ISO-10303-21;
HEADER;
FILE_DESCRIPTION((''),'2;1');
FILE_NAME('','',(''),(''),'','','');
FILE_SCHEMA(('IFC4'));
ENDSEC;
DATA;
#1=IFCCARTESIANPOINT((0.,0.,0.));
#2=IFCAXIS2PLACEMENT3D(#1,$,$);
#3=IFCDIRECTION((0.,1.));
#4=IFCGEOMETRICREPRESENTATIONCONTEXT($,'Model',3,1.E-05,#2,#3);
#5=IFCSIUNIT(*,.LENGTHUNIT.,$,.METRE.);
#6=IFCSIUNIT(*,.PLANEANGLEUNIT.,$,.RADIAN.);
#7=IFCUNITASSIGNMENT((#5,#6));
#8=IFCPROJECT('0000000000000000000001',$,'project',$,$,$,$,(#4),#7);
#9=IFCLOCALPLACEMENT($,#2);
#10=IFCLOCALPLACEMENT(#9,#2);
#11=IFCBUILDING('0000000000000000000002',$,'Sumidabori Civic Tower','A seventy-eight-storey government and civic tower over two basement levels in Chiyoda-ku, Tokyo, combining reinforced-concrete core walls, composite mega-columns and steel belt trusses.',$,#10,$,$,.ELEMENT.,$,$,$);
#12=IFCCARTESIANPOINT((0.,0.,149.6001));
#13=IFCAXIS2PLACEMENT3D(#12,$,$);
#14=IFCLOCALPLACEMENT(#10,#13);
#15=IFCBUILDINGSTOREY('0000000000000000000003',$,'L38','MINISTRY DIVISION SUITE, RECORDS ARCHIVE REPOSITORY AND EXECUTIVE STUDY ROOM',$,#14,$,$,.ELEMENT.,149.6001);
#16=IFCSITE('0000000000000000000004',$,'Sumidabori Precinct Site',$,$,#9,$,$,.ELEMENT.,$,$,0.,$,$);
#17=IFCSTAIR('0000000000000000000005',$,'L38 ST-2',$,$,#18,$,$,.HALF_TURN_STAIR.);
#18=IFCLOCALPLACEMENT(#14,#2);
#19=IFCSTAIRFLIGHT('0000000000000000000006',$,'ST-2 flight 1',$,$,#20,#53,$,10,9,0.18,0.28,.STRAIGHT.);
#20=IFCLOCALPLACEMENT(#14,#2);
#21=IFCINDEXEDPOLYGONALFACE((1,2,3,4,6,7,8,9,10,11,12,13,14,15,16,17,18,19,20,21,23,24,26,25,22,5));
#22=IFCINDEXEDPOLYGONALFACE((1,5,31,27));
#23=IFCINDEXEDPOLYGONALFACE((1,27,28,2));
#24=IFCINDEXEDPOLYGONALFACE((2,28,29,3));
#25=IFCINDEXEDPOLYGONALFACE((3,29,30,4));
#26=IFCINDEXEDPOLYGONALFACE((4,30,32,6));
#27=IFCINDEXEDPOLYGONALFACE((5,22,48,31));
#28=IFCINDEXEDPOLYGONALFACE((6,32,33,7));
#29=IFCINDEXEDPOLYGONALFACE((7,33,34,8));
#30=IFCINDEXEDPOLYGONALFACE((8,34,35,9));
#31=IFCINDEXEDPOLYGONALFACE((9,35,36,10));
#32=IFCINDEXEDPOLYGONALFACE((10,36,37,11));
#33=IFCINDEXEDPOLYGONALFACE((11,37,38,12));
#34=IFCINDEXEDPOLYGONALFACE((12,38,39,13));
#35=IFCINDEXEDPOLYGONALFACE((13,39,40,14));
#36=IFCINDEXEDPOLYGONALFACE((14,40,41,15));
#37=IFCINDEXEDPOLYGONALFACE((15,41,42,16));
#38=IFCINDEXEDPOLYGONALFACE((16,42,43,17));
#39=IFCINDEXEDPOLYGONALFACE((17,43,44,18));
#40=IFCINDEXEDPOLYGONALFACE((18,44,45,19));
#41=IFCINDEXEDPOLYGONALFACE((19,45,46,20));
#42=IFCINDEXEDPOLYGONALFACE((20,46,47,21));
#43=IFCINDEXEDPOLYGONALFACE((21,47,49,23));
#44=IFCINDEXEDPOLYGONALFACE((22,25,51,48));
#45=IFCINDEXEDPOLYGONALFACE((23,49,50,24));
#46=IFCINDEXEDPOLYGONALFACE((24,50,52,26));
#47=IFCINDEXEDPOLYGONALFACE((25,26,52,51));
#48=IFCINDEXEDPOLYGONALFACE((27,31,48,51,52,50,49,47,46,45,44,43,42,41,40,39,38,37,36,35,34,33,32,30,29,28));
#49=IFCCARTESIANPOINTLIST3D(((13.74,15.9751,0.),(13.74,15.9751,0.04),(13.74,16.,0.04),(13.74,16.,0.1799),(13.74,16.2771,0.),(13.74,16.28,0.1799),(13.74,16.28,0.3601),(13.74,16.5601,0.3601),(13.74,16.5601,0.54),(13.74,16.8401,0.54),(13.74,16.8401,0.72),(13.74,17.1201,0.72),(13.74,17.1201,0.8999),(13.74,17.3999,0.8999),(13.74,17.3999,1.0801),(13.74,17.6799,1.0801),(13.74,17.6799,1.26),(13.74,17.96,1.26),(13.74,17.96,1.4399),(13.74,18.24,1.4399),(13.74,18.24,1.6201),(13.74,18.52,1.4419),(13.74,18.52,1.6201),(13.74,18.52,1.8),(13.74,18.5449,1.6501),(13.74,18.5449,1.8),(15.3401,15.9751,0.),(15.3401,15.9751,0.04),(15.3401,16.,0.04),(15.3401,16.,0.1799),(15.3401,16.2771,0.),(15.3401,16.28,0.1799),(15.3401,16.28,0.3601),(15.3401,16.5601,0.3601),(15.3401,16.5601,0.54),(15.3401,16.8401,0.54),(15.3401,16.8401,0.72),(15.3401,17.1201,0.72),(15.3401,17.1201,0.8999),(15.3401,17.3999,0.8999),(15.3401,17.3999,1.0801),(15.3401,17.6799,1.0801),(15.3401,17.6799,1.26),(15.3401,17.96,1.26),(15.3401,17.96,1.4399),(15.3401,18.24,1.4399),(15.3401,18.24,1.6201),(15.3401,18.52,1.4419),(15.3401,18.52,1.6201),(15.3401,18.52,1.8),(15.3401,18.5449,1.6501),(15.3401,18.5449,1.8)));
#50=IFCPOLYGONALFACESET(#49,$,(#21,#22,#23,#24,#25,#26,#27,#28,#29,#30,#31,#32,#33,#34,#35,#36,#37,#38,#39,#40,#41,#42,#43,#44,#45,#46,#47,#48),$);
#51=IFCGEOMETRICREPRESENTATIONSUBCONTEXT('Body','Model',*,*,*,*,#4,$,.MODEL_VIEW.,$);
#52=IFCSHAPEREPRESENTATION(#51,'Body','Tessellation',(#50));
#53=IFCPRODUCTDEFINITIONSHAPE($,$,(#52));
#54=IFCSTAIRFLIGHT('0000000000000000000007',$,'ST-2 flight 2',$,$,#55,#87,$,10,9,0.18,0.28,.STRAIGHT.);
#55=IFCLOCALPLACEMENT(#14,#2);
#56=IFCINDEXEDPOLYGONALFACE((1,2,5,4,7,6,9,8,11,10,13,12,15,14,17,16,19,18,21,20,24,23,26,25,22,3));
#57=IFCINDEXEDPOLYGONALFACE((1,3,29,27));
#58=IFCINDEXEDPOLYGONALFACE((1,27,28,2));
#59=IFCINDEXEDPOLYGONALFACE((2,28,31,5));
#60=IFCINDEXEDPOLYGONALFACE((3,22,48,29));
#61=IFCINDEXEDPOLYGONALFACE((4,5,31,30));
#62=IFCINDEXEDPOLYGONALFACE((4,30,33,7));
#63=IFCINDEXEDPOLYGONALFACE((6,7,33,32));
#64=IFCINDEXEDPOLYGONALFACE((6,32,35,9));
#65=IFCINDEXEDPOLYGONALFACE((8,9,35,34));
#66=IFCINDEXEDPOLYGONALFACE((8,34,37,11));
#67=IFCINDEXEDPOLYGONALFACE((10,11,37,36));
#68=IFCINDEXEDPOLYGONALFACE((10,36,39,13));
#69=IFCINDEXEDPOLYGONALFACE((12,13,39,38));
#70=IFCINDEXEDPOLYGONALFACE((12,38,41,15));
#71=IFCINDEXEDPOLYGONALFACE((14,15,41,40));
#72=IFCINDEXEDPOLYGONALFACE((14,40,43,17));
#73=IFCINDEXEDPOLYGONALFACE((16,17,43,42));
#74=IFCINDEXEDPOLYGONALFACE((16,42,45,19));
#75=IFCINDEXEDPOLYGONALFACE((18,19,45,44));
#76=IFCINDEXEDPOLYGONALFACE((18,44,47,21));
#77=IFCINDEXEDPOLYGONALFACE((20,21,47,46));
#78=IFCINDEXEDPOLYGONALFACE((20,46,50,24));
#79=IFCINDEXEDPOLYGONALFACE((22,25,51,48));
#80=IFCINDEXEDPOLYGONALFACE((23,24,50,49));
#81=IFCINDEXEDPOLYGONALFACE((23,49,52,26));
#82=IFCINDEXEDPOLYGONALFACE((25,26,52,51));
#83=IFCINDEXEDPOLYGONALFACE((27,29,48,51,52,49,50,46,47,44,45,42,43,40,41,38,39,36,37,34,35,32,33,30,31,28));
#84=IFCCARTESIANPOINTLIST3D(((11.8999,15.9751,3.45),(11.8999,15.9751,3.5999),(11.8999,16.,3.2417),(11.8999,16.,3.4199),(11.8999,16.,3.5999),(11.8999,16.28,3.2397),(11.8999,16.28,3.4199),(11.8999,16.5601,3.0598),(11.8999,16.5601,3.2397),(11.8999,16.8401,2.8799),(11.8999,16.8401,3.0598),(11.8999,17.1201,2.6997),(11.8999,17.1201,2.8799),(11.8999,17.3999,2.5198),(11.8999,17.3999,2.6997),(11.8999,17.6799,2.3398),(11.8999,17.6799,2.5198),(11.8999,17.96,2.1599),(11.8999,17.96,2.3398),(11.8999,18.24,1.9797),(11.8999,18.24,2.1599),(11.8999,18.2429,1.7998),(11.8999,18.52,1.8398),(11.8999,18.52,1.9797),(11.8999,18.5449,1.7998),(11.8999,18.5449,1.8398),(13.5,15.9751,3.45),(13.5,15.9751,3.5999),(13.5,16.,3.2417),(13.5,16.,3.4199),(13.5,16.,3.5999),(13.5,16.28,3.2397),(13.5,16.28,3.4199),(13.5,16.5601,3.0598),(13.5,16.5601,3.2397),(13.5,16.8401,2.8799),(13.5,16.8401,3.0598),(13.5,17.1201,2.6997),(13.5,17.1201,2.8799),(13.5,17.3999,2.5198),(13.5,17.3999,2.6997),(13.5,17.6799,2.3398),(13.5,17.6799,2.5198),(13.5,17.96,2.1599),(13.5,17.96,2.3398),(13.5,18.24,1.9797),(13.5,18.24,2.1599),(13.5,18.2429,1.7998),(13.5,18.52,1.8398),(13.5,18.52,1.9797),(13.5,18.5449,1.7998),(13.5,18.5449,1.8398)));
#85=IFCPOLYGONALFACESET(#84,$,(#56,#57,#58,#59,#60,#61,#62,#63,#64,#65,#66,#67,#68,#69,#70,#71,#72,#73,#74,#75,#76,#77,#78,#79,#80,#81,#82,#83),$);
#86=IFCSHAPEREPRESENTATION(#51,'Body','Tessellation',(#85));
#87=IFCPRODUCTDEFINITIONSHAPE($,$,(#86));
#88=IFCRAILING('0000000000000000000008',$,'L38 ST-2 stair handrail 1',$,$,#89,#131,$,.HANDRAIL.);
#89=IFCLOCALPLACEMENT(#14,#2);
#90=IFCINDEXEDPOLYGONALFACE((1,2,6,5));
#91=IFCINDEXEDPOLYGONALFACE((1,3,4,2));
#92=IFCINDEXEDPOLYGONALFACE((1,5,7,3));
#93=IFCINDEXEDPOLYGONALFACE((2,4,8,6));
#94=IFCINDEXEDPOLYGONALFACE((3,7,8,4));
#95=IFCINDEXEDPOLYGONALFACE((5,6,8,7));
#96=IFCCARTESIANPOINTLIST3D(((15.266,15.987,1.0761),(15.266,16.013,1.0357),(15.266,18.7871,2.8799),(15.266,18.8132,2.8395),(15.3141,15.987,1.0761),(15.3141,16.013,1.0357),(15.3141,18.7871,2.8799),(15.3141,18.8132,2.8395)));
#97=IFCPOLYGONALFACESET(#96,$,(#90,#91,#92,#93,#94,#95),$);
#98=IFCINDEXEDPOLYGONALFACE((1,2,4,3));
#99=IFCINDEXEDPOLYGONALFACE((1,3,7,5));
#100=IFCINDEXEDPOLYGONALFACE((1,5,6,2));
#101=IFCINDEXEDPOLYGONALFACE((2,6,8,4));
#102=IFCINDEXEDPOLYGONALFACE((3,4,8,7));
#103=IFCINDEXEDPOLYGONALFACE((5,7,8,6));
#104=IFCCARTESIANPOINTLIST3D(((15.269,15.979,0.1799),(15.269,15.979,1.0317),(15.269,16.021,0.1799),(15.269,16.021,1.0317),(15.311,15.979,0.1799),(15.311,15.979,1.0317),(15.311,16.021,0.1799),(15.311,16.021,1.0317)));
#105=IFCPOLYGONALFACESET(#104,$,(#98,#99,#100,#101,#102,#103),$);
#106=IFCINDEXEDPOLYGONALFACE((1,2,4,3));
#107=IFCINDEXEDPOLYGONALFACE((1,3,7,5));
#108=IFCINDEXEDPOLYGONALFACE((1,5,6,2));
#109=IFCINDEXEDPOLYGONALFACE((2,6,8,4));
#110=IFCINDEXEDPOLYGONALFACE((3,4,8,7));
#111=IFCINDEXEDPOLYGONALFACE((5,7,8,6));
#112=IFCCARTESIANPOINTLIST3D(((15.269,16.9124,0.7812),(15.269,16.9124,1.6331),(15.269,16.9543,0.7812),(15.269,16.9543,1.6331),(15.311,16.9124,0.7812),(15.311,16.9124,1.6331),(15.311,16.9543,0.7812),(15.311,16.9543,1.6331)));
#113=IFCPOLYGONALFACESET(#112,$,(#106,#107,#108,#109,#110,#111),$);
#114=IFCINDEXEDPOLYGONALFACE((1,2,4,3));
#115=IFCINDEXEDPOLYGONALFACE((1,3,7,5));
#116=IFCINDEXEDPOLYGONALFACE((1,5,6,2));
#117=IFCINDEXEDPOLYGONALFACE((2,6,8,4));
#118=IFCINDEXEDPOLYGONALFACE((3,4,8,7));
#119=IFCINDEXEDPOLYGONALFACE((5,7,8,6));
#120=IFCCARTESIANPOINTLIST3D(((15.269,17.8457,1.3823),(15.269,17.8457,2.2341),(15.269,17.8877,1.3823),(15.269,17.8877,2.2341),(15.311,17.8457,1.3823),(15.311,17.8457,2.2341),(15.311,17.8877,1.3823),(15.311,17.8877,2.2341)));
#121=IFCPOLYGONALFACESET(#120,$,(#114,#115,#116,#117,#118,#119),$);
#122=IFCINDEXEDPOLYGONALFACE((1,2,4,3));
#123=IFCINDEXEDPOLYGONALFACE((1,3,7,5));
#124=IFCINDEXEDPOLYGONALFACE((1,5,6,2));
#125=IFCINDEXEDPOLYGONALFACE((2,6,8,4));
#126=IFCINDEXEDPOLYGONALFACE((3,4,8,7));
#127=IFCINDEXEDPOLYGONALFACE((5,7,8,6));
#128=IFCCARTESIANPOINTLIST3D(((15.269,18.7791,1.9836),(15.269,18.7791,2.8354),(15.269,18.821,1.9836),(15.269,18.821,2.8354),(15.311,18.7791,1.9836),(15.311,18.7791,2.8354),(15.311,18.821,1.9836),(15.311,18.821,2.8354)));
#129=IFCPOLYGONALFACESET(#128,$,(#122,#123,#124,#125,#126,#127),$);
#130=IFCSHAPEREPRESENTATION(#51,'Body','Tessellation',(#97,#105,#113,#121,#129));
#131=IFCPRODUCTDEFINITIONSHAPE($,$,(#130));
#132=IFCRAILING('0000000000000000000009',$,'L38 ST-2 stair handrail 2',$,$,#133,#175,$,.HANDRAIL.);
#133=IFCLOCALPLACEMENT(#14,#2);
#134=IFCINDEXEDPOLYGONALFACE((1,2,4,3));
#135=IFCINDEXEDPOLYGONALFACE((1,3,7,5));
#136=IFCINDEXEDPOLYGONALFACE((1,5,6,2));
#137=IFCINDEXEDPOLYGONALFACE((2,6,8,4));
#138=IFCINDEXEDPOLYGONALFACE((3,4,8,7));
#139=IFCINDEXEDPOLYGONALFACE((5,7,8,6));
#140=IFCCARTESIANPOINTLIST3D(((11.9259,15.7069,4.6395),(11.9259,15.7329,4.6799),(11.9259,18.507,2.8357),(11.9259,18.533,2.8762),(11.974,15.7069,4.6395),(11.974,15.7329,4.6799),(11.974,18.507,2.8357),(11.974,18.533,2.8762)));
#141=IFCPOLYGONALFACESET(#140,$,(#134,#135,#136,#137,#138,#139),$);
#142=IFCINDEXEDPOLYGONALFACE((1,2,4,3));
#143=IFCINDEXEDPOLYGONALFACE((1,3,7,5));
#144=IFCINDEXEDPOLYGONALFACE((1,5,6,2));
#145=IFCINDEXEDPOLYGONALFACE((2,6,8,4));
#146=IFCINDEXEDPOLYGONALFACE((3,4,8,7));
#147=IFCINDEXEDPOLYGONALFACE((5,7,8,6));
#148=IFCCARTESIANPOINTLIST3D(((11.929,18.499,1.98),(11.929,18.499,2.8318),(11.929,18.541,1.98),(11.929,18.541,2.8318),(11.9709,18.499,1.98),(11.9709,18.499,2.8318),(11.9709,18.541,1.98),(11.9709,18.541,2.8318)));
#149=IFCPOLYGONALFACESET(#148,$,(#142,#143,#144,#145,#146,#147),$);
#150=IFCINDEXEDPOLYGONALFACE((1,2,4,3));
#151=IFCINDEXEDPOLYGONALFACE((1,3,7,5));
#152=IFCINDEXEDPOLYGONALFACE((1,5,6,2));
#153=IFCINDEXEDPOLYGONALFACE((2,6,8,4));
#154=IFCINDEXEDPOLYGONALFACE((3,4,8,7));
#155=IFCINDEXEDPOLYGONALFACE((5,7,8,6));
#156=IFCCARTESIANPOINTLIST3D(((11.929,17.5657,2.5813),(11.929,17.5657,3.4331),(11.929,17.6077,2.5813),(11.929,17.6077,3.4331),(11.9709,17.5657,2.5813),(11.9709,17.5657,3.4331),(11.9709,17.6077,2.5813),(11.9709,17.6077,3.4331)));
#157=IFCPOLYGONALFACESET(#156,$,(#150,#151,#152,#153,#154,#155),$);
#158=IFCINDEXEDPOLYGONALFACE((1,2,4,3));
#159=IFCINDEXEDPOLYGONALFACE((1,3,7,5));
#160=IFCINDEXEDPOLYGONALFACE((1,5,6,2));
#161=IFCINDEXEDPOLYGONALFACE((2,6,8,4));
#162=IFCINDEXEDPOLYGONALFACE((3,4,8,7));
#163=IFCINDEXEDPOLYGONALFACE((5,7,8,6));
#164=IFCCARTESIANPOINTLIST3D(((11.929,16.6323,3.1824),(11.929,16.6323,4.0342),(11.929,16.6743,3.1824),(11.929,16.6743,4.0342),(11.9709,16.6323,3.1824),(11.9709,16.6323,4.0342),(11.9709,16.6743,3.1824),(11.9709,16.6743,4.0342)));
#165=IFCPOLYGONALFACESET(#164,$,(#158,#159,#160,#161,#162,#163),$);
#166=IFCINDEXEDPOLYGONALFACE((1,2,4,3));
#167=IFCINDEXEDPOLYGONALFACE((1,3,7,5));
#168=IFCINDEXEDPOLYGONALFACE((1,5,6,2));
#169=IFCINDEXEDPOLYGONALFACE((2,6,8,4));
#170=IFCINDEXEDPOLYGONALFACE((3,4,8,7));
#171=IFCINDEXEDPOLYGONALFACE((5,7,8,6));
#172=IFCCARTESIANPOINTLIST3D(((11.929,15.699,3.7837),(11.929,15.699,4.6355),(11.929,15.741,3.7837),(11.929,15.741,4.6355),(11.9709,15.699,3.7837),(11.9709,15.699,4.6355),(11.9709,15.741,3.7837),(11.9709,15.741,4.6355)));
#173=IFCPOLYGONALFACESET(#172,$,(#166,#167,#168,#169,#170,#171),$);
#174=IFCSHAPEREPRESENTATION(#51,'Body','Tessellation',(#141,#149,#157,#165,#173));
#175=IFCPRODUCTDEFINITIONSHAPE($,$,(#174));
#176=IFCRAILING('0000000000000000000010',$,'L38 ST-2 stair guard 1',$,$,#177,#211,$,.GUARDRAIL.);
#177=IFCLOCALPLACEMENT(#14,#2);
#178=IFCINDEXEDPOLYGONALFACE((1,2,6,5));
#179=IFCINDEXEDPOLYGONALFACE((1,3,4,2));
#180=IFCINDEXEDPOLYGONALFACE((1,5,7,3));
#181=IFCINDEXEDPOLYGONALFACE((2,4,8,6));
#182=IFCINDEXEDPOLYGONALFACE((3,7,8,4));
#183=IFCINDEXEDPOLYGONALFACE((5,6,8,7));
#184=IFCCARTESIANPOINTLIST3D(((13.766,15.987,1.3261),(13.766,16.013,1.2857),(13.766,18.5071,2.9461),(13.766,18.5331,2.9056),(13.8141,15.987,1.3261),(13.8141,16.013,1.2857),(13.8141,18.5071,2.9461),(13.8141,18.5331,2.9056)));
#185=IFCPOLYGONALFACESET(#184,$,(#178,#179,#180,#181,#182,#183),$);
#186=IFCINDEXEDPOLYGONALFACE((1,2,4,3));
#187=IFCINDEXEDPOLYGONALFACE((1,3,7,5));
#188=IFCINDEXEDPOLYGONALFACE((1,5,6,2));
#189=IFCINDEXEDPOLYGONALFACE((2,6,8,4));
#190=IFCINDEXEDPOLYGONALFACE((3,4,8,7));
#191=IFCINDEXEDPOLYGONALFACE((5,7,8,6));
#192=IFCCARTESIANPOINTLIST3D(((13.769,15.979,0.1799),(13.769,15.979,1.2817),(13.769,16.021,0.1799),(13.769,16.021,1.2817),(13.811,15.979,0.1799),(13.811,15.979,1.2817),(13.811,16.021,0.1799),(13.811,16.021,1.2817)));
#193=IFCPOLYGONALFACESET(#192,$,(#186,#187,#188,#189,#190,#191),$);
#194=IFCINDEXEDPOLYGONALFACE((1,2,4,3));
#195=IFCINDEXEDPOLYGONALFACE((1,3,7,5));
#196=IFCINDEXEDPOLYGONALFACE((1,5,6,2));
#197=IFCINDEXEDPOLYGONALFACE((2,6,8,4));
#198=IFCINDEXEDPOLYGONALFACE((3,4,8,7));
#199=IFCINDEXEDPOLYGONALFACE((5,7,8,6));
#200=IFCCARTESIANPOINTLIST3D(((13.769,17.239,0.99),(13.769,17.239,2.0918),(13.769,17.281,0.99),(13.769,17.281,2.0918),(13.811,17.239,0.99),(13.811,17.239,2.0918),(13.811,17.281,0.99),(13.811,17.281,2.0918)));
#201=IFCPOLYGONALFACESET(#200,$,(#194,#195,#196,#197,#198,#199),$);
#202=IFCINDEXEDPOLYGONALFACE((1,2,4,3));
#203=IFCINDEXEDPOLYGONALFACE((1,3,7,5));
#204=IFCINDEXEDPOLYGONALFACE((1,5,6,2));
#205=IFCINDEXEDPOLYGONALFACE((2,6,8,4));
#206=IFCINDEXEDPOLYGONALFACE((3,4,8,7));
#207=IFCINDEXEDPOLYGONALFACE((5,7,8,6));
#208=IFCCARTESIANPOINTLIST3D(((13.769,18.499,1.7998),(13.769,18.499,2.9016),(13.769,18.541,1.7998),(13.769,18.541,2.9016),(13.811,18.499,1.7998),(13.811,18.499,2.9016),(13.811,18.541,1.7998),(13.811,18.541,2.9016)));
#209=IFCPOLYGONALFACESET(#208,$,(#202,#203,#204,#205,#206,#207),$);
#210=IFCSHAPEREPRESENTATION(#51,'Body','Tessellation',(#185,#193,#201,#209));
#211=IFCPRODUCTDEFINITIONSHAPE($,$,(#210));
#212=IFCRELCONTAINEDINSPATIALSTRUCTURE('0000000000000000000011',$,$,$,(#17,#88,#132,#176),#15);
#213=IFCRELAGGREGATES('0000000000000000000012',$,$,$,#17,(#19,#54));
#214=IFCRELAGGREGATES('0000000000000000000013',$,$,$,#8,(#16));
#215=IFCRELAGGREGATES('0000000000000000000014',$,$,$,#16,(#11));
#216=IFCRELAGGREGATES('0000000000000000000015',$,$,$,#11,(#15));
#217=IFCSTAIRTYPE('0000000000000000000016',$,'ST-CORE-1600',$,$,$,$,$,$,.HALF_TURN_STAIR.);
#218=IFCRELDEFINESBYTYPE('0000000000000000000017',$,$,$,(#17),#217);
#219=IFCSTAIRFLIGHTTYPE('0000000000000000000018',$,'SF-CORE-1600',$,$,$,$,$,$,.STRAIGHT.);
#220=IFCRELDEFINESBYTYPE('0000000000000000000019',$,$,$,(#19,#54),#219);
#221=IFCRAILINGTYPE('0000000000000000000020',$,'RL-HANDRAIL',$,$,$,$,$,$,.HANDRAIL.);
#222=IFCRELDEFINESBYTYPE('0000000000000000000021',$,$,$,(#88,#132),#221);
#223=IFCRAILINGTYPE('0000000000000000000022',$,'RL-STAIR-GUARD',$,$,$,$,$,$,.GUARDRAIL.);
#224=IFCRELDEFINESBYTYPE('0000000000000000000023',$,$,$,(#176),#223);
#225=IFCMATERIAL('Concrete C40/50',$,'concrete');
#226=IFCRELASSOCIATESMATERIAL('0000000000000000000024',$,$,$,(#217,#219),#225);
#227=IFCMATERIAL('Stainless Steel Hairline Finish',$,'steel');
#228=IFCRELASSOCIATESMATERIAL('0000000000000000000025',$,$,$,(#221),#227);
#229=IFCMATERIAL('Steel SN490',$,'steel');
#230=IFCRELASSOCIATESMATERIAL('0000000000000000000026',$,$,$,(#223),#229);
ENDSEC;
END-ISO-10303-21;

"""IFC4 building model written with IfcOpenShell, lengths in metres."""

from ifc_helpers import new_model, si_unit, direction, frame, origin, origin_2d, place, context, subcontext, project, spatial, polyline, rectangle, outline, extrude, source, transform, mapped, material, type_object, element, aggregate, save


model = new_model("IFC4")

# Units and contexts
model_context = context("Model", 3, precision=1e-05, world=origin(), true_north=direction((0.0, 1.0)))
body_context = subcontext(model_context, "Body", "Model", "MODEL_VIEW")
ifc_project = project(units=[si_unit("LENGTHUNIT", "METRE"), si_unit("PLANEANGLEUNIT", "RADIAN")], contexts=[model_context])

# Site, building, storey
site_placement = place(None, origin())
site = spatial("IfcSite", under=ifc_project, at=site_placement, Name="Sumidabori Precinct Site", CompositionType="ELEMENT", RefElevation=0.0)
building_placement = place(site_placement, origin())
building = spatial("IfcBuilding", under=site, at=building_placement, Name="Sumidabori Civic Tower", Description="A seventy-eight-storey government and civic tower over two basement levels in Chiyoda-ku, Tokyo, combining reinforced-concrete core walls, composite mega-columns and steel belt trusses.", CompositionType="ELEMENT")
storey_placement = place(building_placement, frame((0.0, 0.0, 149.6001)))
storey = spatial("IfcBuildingStorey", under=building, at=storey_placement, Name="L38", Description="MINISTRY DIVISION SUITE, RECORDS ARCHIVE REPOSITORY AND EXECUTIVE STUDY ROOM", CompositionType="ELEMENT", Elevation=149.6001)

# Stair, stair flights
ifc_material_1 = material(Name="Concrete C40/50", Category="concrete")
stair_type = type_object("IfcStairType", Name="ST-CORE-1600", PredefinedType="HALF_TURN_STAIR", material=ifc_material_1)
stair_placement = place(storey_placement, origin())
stair = element("IfcStair", 1, at=stair_placement, inside=storey, type_object=stair_type, Name="L38 ST-2", PredefinedType="HALF_TURN_STAIR")
stair_flight_type = type_object("IfcStairFlightType", Name="SF-CORE-1600", PredefinedType="STRAIGHT", material=ifc_material_1)
shared_shape_1 = source(origin(), body_context, "Body", "SweptSolid", [
    extrude(outline(polyline([(-0.0249, 0.0), (-0.0249, 0.04), (0.0, 0.04), (0.0, 0.1799), (0.28, 0.1799), (0.28, 0.3601), (0.5601, 0.3601), (0.5601, 0.54), (0.8401, 0.54), (0.8401, 0.72), (1.1201, 0.72), (1.1201, 0.8999), (1.3999, 0.8999), (1.3999, 1.0801), (1.6799, 1.0801), (1.6799, 1.26), (1.96, 1.26), (1.96, 1.4399), (2.24, 1.4399), (2.24, 1.6201), (2.52, 1.6201), (2.52, 1.8), (2.5449, 1.8), (2.5449, 1.6501), (2.52, 1.4419), (0.2771, 0.0), (-0.0249, 0.0)])), frame((0.0, 0.8, 0.0), z_axis=(0.0, -1.0, 0.0), x_axis=(1.0, 0.0, 0.0)), (0.0, 0.0, 1.0), 1.6001),
])
stair_flight_1_placement = place(storey_placement, frame((14.54, 16.0, 0.0), z_axis=(0.0, 0.0, 1.0), x_axis=(0.0, 1.0, 0.0)))
stair_flight_1 = element("IfcStairFlight", 2, at=stair_flight_1_placement, type_object=stair_flight_type, Name="ST-2 flight 1", NumberOfRisers=10, NumberOfTreads=9, PredefinedType="STRAIGHT", RiserHeight=0.18, TreadLength=0.28, context=body_context, shape_type="MappedRepresentation", body=[
    mapped(shared_shape_1, transform((0.0, 0.0, 0.0), x_axis=(1.0, 0.0, 0.0), y_axis=(0.0, 1.0, 0.0), z_axis=(0.0, 0.0, 1.0), scale=1.0)),
])
stair_flight_2_placement = place(storey_placement, frame((12.7, 18.52, 1.7998), z_axis=(0.0, 0.0, 1.0), x_axis=(0.0, -1.0, 0.0)))
stair_flight_2 = element("IfcStairFlight", 3, at=stair_flight_2_placement, type_object=stair_flight_type, Name="ST-2 flight 2", NumberOfRisers=10, NumberOfTreads=9, PredefinedType="STRAIGHT", RiserHeight=0.18, TreadLength=0.28, context=body_context, shape_type="MappedRepresentation", body=[
    mapped(shared_shape_1, transform((0.0, 0.0, 0.0), x_axis=(1.0, 0.0, 0.0), y_axis=(0.0, 1.0, 0.0), z_axis=(0.0, 0.0, 1.0), scale=1.0)),
])
aggregate(stair, [stair_flight_1, stair_flight_2])

# Railings
ifc_material_2 = material(Name="Stainless Steel Hairline Finish", Category="steel")
railing_type_1 = type_object("IfcRailingType", Name="RL-HANDRAIL", PredefinedType="HANDRAIL", material=ifc_material_2)
railing_1_placement = place(storey_placement, frame((15.29, 16.0, 0.1799)))
element("IfcRailing", 4, at=railing_1_placement, inside=storey, type_object=railing_type_1, Name="L38 ST-2 stair handrail 1", PredefinedType="HANDRAIL", context=body_context, shape_type="SweptSolid", body=[
    extrude(rectangle(XDim=0.0481, YDim=0.0481, at=origin_2d()), frame((0.0, 0.0, 0.876), z_axis=(0.0, 0.840676, 0.541539), x_axis=(-1.0, 0.0, 0.0)), (0.0, 0.0, 1.0), 3.3308),
    extrude(rectangle(XDim=0.042, YDim=0.042, at=origin_2d()), origin(), (0.0, 0.0, 1.0), 0.8518),
    extrude(rectangle(XDim=0.042, YDim=0.042, at=origin_2d()), frame((0.0, 0.9333, 0.6013)), (0.0, 0.0, 1.0), 0.8518),
    extrude(rectangle(XDim=0.042, YDim=0.042, at=origin_2d()), frame((0.0, 1.8667, 1.2024)), (0.0, 0.0, 1.0), 0.8518),
    extrude(rectangle(XDim=0.042, YDim=0.042, at=origin_2d()), frame((0.0, 2.8, 1.8037)), (0.0, 0.0, 1.0), 0.8518),
])
railing_2_placement = place(storey_placement, frame((11.95, 18.52, 1.98)))
element("IfcRailing", 5, at=railing_2_placement, inside=storey, type_object=railing_type_1, Name="L38 ST-2 stair handrail 2", PredefinedType="HANDRAIL", context=body_context, shape_type="SweptSolid", body=[
    extrude(rectangle(XDim=0.0481, YDim=0.0481, at=origin_2d()), frame((0.0, 0.0, 0.876), z_axis=(0.0, -0.840676, 0.541539), x_axis=(1.0, 0.0, 0.0)), (0.0, 0.0, 1.0), 3.3308),
    extrude(rectangle(XDim=0.042, YDim=0.042, at=origin_2d()), origin(), (0.0, 0.0, 1.0), 0.8518),
    extrude(rectangle(XDim=0.042, YDim=0.042, at=origin_2d()), frame((0.0, -0.9333, 0.6013)), (0.0, 0.0, 1.0), 0.8518),
    extrude(rectangle(XDim=0.042, YDim=0.042, at=origin_2d()), frame((0.0, -1.8667, 1.2024)), (0.0, 0.0, 1.0), 0.8518),
    extrude(rectangle(XDim=0.042, YDim=0.042, at=origin_2d()), frame((0.0, -2.8, 1.8037)), (0.0, 0.0, 1.0), 0.8518),
])
ifc_material_3 = material(Name="Steel SN490", Category="steel")
railing_type_2 = type_object("IfcRailingType", Name="RL-STAIR-GUARD", PredefinedType="GUARDRAIL", material=ifc_material_3)
railing_3_placement = place(storey_placement, frame((13.79, 16.0, 0.1799)))
element("IfcRailing", 6, at=railing_3_placement, inside=storey, type_object=railing_type_2, Name="L38 ST-2 stair guard 1", PredefinedType="GUARDRAIL", context=body_context, shape_type="SweptSolid", body=[
    extrude(rectangle(XDim=0.0481, YDim=0.0481, at=origin_2d()), frame((0.0, 0.0, 1.126), z_axis=(0.0, 0.8412, 0.540725), x_axis=(-1.0, 0.0, 0.0)), (0.0, 0.0, 1.0), 2.9958),
    extrude(rectangle(XDim=0.042, YDim=0.042, at=origin_2d()), origin(), (0.0, 0.0, 1.0), 1.1018),
    extrude(rectangle(XDim=0.042, YDim=0.042, at=origin_2d()), frame((0.0, 1.26, 0.8101)), (0.0, 0.0, 1.0), 1.1018),
    extrude(rectangle(XDim=0.042, YDim=0.042, at=origin_2d()), frame((0.0, 2.52, 1.6199)), (0.0, 0.0, 1.0), 1.1018),
])

save(model, "model.ifc")
